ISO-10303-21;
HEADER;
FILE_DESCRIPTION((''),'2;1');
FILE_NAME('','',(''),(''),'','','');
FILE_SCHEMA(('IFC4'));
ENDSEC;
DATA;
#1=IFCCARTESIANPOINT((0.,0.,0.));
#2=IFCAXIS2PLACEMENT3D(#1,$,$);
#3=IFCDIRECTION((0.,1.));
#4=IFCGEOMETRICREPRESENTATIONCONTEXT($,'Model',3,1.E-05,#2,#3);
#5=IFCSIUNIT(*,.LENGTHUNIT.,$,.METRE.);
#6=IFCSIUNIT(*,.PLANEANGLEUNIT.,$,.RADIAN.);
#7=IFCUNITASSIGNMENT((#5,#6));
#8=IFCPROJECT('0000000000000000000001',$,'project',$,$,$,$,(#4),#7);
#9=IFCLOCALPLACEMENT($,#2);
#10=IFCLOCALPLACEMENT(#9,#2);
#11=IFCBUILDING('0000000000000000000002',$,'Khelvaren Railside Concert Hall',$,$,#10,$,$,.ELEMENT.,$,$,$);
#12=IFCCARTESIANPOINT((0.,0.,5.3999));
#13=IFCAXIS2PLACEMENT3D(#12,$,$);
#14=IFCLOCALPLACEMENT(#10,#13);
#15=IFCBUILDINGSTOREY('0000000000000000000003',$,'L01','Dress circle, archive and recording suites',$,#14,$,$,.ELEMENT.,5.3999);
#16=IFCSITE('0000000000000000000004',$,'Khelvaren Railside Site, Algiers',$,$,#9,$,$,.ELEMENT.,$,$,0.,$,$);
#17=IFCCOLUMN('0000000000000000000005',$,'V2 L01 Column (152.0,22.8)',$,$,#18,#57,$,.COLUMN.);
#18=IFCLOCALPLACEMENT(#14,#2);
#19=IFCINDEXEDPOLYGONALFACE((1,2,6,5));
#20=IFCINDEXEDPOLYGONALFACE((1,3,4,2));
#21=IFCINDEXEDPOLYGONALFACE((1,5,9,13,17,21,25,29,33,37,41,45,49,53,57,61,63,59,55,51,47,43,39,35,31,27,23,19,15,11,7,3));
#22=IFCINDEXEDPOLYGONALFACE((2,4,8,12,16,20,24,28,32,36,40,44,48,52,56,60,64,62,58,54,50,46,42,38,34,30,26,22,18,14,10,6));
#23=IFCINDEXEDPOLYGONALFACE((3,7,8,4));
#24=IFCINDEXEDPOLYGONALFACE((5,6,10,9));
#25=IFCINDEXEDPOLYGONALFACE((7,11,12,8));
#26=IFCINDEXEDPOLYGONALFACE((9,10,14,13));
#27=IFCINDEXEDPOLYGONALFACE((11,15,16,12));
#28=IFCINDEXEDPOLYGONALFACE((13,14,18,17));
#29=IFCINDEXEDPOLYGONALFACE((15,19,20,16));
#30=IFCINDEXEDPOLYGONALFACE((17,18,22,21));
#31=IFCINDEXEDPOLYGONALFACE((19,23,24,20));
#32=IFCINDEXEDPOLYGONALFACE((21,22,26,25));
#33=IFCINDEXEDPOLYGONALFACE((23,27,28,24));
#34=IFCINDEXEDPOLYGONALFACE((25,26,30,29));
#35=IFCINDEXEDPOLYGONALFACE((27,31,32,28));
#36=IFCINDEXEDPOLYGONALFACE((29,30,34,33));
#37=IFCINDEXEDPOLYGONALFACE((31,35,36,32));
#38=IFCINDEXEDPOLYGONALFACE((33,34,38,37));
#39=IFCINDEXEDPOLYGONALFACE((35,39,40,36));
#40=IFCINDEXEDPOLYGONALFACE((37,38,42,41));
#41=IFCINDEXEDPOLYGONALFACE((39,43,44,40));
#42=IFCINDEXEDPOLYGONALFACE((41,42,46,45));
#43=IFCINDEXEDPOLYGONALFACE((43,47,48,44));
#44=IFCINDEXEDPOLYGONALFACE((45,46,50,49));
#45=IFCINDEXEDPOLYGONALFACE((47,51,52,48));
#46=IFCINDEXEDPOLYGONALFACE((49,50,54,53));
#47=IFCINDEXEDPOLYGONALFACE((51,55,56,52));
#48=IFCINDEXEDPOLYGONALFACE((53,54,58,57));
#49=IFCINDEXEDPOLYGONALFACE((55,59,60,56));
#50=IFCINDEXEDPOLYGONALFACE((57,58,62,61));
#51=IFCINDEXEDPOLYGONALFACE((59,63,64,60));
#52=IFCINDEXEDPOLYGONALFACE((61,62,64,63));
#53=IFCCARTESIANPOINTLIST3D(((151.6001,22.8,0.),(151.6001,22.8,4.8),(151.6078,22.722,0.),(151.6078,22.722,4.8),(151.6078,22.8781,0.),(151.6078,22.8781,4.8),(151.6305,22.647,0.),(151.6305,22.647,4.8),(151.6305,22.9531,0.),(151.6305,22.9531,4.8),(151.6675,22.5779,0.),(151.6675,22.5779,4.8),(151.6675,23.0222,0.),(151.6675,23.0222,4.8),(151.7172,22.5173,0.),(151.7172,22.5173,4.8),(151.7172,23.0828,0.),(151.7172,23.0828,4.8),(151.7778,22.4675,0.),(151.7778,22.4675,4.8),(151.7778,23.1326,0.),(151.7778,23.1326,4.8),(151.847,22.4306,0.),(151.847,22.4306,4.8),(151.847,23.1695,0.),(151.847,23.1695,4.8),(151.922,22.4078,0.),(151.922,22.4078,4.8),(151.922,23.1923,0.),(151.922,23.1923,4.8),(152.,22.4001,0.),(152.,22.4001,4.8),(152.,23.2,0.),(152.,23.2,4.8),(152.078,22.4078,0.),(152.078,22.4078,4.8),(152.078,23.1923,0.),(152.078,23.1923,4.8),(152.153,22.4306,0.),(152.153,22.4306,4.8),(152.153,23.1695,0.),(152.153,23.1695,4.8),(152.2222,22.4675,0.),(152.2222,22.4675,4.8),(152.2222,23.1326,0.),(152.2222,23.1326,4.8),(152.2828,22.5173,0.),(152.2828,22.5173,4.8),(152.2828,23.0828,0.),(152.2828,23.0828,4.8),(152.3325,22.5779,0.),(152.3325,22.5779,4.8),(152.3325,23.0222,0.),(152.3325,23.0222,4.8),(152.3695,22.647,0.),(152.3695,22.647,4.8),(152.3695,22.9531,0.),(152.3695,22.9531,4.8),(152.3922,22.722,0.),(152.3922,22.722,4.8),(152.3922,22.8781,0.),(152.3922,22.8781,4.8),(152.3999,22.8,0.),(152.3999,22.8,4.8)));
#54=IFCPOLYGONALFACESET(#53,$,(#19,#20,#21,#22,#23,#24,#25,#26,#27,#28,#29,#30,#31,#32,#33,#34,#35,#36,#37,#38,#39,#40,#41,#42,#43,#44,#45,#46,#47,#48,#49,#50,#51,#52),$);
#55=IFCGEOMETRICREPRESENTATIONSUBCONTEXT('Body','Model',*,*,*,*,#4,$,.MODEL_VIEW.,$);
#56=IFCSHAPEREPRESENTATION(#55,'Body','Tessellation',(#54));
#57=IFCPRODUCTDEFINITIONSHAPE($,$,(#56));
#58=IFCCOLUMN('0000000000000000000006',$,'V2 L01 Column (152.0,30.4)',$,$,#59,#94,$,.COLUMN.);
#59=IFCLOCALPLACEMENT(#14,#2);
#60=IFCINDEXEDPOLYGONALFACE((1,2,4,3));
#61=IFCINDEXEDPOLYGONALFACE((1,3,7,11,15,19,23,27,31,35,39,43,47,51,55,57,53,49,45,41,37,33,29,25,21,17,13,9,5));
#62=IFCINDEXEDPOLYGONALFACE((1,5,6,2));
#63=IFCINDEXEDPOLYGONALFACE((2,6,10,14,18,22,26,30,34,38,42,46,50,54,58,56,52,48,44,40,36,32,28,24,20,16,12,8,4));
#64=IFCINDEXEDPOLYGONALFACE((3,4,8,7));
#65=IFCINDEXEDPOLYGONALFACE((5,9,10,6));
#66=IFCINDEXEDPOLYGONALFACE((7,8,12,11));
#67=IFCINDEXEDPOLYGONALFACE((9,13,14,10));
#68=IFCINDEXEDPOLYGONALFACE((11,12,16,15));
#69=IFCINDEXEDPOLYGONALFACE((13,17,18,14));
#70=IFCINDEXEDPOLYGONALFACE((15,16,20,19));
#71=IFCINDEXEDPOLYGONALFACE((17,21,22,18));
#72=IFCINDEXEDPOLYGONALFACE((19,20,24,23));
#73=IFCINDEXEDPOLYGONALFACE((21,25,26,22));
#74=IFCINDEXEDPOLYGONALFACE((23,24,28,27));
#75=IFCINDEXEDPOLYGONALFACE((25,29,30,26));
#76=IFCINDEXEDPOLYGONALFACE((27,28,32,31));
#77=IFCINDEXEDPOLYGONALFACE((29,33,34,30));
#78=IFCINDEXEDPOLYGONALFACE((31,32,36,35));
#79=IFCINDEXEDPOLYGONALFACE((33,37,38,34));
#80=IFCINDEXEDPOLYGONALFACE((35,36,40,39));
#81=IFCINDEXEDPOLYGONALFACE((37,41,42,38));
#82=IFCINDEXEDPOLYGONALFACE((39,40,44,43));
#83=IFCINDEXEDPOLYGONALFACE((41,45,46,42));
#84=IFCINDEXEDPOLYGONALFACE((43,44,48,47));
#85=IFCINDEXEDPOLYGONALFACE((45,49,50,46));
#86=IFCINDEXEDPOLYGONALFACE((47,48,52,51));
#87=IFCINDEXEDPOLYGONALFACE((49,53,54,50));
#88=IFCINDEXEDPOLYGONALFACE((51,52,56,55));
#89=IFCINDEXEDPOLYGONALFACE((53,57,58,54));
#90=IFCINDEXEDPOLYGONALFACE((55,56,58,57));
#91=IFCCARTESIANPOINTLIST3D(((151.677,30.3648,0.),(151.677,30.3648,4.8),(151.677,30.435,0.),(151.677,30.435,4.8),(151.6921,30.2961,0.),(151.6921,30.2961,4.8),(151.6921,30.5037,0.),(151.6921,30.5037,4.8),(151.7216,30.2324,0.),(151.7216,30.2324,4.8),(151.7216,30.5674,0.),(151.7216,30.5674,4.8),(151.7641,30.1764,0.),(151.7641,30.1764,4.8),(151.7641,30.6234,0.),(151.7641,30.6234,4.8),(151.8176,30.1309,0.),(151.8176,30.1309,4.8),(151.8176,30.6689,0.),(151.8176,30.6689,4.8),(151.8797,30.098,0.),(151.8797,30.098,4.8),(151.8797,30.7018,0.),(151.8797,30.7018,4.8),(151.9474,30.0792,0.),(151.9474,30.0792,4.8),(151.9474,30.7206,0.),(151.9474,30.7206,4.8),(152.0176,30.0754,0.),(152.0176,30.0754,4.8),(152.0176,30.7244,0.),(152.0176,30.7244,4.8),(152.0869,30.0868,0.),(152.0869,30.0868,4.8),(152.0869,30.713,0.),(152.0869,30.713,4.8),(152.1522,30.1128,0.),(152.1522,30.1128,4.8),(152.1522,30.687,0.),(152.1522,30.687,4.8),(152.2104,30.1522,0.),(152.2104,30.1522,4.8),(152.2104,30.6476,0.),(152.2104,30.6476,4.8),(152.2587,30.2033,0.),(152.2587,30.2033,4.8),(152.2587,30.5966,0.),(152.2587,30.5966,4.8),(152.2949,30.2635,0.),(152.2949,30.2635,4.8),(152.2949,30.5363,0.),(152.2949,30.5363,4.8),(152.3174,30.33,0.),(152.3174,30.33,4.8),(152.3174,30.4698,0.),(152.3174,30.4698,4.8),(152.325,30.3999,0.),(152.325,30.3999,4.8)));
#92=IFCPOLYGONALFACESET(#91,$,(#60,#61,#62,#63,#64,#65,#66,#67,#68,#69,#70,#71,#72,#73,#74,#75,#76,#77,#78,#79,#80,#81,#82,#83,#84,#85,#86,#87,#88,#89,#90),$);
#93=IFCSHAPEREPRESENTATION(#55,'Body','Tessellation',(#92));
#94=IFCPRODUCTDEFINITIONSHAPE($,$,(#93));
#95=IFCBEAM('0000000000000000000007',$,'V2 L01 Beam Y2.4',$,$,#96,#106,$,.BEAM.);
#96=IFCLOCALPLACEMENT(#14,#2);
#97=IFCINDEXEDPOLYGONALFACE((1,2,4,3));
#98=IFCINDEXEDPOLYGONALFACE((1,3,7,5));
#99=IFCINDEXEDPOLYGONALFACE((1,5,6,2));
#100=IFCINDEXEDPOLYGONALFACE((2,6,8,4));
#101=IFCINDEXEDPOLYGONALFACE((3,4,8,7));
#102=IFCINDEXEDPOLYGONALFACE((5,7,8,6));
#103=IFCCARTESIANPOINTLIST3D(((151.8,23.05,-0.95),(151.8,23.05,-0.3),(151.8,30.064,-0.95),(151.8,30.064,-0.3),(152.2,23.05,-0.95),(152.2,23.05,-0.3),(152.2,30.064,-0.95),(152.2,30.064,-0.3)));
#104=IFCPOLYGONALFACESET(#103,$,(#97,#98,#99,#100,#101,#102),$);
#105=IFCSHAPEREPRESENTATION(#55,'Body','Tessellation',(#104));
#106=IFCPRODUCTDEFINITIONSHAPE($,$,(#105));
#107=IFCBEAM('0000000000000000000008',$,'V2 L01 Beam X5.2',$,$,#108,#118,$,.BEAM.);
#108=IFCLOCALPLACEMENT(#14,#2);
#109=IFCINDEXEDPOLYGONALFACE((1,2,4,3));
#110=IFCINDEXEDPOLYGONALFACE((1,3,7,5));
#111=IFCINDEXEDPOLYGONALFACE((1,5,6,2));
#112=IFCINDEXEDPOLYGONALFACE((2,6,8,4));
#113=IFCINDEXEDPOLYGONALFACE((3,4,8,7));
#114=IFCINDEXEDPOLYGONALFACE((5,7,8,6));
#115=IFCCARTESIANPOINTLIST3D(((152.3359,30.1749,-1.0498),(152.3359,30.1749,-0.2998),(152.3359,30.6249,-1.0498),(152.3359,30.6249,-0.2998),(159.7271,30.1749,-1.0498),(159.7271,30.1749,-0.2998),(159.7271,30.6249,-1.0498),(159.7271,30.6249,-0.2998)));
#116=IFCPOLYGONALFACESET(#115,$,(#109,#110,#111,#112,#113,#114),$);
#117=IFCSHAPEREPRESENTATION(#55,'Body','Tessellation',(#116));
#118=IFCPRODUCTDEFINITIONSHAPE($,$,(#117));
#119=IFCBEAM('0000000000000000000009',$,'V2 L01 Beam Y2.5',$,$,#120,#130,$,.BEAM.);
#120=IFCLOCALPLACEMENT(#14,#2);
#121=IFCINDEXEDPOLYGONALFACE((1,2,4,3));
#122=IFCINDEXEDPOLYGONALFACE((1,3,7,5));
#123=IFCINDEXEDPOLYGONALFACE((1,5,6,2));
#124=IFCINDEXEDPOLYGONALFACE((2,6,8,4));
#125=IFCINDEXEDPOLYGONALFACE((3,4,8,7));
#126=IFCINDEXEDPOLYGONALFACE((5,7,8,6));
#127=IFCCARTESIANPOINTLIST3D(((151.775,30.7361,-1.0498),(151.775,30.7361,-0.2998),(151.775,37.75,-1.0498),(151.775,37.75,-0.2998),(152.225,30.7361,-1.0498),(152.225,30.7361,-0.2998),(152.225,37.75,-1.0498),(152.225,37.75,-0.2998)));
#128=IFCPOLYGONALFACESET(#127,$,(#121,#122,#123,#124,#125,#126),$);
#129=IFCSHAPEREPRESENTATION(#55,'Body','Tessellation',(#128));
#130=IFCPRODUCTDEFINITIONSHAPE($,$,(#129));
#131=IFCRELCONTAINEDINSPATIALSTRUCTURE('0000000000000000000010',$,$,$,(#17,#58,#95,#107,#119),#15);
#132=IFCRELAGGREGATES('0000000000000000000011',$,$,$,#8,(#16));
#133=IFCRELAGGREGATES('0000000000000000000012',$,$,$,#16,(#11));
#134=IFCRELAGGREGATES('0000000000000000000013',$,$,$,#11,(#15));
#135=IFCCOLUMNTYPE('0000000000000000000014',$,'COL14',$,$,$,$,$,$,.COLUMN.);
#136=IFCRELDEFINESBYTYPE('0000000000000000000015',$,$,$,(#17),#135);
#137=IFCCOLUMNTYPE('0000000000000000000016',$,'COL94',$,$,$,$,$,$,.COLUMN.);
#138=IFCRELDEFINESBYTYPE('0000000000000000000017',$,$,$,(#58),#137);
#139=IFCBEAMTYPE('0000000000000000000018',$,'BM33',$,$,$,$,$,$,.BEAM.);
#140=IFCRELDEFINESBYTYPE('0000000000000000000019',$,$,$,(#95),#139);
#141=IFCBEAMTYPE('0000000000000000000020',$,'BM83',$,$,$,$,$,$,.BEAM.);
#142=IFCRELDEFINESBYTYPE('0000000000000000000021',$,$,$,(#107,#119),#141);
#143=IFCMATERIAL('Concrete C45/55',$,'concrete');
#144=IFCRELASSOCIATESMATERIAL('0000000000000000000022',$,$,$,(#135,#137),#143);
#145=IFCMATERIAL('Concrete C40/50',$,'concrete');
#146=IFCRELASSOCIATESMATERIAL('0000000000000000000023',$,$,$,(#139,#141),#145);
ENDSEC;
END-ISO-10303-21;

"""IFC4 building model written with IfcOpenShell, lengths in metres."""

from ifc_helpers import new_model, si_unit, direction, frame, origin, origin_2d, place, context, subcontext, project, spatial, rectangle, circle, extrude, material, material_profile, profile_set, type_object, element, save


model = new_model("IFC4")

# Units and contexts
model_context = context("Model", 3, precision=1e-05, world=origin(), true_north=direction((0.0, 1.0)))
body_context = subcontext(model_context, "Body", "Model", "MODEL_VIEW")
ifc_project = project(units=[si_unit("LENGTHUNIT", "METRE"), si_unit("PLANEANGLEUNIT", "RADIAN")], contexts=[model_context])

# Site, building, storey
site_placement = place(None, origin())
site = spatial("IfcSite", under=ifc_project, at=site_placement, Name="Khelvaren Railside Site, Algiers", CompositionType="ELEMENT", RefElevation=0.0)
building_placement = place(site_placement, origin())
building = spatial("IfcBuilding", under=site, at=building_placement, Name="Khelvaren Railside Concert Hall", CompositionType="ELEMENT")
storey_placement = place(building_placement, frame((0.0, 0.0, 5.3999)))
storey = spatial("IfcBuildingStorey", under=building, at=storey_placement, Name="L01", Description="Dress circle, archive and recording suites", CompositionType="ELEMENT", Elevation=5.3999)

# Columns
ifc_material_1 = material(Name="Concrete C45/55", Category="concrete")
ifc_material_profile_1 = material_profile(ifc_material_1, circle(Radius=0.3999, at=origin_2d()), Name="RC D800")
ifc_profile_set_1 = profile_set([ifc_material_profile_1], Name="Concrete C45/55")
column_type_1 = type_object("IfcColumnType", Name="COL14", PredefinedType="COLUMN", material=ifc_profile_set_1)
column_1_placement = place(storey_placement, frame((152.0, 22.8, 0.0), z_axis=(0.0, 0.0, 1.0), x_axis=(1.0, 0.0, 0.0)))
element("IfcColumn", 1, at=column_1_placement, inside=storey, type_object=column_type_1, Name="V2 L01 Column (152.0,22.8)", PredefinedType="COLUMN", context=body_context, shape_type="SweptSolid", body=[
    extrude(circle(Radius=0.3999, at=origin_2d()), origin(), (0.0, 0.0, 1.0), 4.8),
])
ifc_material_profile_2 = material_profile(ifc_material_1, circle(Radius=0.325, at=origin_2d()), Name="RC D650")
ifc_profile_set_2 = profile_set([ifc_material_profile_2], Name="Concrete C45/55")
column_type_2 = type_object("IfcColumnType", Name="COL94", PredefinedType="COLUMN", material=ifc_profile_set_2)
column_2_placement = place(storey_placement, frame((152.0, 30.3999, 0.0), z_axis=(0.0, 0.0, 1.0), x_axis=(1.0, 0.0, 0.0)))
element("IfcColumn", 2, at=column_2_placement, inside=storey, type_object=column_type_2, Name="V2 L01 Column (152.0,30.4)", PredefinedType="COLUMN", context=body_context, shape_type="SweptSolid", body=[
    extrude(circle(Radius=0.325, at=origin_2d()), origin(), (0.0, 0.0, 1.0), 4.8),
])

# Beams
ifc_material_2 = material(Name="Concrete C40/50", Category="concrete")
ifc_material_profile_3 = material_profile(ifc_material_2, rectangle(XDim=0.3999, YDim=0.6499, at=origin_2d()), Name="RCB 400x650")
ifc_profile_set_3 = profile_set([ifc_material_profile_3], Name="Concrete C40/50")
beam_type_1 = type_object("IfcBeamType", Name="BM33", PredefinedType="BEAM", material=ifc_profile_set_3)
beam_1_placement = place(storey_placement, frame((152.0, 23.05, -0.625), z_axis=(0.0, 1.0, 0.0), x_axis=(-1.0, 0.0, 0.0)))
element("IfcBeam", 3, at=beam_1_placement, inside=storey, type_object=beam_type_1, Name="V2 L01 Beam Y2.4", PredefinedType="BEAM", context=body_context, shape_type="SweptSolid", body=[
    extrude(rectangle(XDim=0.3999, YDim=0.6499, at=origin_2d()), origin(), (0.0, 0.0, 1.0), 7.0139),
])
ifc_material_profile_4 = material_profile(ifc_material_2, rectangle(XDim=0.45, YDim=0.75, at=origin_2d()), Name="RCB 450x750")
ifc_profile_set_4 = profile_set([ifc_material_profile_4], Name="Concrete C40/50")
beam_type_2 = type_object("IfcBeamType", Name="BM83", PredefinedType="BEAM", material=ifc_profile_set_4)
beam_2_placement = place(storey_placement, frame((152.3359, 30.3999, -0.6748), z_axis=(1.0, 0.0, 0.0), x_axis=(0.0, 1.0, 0.0)))
element("IfcBeam", 4, at=beam_2_placement, inside=storey, type_object=beam_type_2, Name="V2 L01 Beam X5.2", PredefinedType="BEAM", context=body_context, shape_type="SweptSolid", body=[
    extrude(rectangle(XDim=0.45, YDim=0.75, at=origin_2d()), origin(), (0.0, 0.0, 1.0), 7.3911),
])
beam_3_placement = place(storey_placement, frame((152.0, 30.7361, -0.6748), z_axis=(0.0, 1.0, 0.0), x_axis=(-1.0, 0.0, 0.0)))
element("IfcBeam", 5, at=beam_3_placement, inside=storey, type_object=beam_type_2, Name="V2 L01 Beam Y2.5", PredefinedType="BEAM", context=body_context, shape_type="SweptSolid", body=[
    extrude(rectangle(XDim=0.45, YDim=0.75, at=origin_2d()), origin(), (0.0, 0.0, 1.0), 7.0139),
])

save(model, "model.ifc")
